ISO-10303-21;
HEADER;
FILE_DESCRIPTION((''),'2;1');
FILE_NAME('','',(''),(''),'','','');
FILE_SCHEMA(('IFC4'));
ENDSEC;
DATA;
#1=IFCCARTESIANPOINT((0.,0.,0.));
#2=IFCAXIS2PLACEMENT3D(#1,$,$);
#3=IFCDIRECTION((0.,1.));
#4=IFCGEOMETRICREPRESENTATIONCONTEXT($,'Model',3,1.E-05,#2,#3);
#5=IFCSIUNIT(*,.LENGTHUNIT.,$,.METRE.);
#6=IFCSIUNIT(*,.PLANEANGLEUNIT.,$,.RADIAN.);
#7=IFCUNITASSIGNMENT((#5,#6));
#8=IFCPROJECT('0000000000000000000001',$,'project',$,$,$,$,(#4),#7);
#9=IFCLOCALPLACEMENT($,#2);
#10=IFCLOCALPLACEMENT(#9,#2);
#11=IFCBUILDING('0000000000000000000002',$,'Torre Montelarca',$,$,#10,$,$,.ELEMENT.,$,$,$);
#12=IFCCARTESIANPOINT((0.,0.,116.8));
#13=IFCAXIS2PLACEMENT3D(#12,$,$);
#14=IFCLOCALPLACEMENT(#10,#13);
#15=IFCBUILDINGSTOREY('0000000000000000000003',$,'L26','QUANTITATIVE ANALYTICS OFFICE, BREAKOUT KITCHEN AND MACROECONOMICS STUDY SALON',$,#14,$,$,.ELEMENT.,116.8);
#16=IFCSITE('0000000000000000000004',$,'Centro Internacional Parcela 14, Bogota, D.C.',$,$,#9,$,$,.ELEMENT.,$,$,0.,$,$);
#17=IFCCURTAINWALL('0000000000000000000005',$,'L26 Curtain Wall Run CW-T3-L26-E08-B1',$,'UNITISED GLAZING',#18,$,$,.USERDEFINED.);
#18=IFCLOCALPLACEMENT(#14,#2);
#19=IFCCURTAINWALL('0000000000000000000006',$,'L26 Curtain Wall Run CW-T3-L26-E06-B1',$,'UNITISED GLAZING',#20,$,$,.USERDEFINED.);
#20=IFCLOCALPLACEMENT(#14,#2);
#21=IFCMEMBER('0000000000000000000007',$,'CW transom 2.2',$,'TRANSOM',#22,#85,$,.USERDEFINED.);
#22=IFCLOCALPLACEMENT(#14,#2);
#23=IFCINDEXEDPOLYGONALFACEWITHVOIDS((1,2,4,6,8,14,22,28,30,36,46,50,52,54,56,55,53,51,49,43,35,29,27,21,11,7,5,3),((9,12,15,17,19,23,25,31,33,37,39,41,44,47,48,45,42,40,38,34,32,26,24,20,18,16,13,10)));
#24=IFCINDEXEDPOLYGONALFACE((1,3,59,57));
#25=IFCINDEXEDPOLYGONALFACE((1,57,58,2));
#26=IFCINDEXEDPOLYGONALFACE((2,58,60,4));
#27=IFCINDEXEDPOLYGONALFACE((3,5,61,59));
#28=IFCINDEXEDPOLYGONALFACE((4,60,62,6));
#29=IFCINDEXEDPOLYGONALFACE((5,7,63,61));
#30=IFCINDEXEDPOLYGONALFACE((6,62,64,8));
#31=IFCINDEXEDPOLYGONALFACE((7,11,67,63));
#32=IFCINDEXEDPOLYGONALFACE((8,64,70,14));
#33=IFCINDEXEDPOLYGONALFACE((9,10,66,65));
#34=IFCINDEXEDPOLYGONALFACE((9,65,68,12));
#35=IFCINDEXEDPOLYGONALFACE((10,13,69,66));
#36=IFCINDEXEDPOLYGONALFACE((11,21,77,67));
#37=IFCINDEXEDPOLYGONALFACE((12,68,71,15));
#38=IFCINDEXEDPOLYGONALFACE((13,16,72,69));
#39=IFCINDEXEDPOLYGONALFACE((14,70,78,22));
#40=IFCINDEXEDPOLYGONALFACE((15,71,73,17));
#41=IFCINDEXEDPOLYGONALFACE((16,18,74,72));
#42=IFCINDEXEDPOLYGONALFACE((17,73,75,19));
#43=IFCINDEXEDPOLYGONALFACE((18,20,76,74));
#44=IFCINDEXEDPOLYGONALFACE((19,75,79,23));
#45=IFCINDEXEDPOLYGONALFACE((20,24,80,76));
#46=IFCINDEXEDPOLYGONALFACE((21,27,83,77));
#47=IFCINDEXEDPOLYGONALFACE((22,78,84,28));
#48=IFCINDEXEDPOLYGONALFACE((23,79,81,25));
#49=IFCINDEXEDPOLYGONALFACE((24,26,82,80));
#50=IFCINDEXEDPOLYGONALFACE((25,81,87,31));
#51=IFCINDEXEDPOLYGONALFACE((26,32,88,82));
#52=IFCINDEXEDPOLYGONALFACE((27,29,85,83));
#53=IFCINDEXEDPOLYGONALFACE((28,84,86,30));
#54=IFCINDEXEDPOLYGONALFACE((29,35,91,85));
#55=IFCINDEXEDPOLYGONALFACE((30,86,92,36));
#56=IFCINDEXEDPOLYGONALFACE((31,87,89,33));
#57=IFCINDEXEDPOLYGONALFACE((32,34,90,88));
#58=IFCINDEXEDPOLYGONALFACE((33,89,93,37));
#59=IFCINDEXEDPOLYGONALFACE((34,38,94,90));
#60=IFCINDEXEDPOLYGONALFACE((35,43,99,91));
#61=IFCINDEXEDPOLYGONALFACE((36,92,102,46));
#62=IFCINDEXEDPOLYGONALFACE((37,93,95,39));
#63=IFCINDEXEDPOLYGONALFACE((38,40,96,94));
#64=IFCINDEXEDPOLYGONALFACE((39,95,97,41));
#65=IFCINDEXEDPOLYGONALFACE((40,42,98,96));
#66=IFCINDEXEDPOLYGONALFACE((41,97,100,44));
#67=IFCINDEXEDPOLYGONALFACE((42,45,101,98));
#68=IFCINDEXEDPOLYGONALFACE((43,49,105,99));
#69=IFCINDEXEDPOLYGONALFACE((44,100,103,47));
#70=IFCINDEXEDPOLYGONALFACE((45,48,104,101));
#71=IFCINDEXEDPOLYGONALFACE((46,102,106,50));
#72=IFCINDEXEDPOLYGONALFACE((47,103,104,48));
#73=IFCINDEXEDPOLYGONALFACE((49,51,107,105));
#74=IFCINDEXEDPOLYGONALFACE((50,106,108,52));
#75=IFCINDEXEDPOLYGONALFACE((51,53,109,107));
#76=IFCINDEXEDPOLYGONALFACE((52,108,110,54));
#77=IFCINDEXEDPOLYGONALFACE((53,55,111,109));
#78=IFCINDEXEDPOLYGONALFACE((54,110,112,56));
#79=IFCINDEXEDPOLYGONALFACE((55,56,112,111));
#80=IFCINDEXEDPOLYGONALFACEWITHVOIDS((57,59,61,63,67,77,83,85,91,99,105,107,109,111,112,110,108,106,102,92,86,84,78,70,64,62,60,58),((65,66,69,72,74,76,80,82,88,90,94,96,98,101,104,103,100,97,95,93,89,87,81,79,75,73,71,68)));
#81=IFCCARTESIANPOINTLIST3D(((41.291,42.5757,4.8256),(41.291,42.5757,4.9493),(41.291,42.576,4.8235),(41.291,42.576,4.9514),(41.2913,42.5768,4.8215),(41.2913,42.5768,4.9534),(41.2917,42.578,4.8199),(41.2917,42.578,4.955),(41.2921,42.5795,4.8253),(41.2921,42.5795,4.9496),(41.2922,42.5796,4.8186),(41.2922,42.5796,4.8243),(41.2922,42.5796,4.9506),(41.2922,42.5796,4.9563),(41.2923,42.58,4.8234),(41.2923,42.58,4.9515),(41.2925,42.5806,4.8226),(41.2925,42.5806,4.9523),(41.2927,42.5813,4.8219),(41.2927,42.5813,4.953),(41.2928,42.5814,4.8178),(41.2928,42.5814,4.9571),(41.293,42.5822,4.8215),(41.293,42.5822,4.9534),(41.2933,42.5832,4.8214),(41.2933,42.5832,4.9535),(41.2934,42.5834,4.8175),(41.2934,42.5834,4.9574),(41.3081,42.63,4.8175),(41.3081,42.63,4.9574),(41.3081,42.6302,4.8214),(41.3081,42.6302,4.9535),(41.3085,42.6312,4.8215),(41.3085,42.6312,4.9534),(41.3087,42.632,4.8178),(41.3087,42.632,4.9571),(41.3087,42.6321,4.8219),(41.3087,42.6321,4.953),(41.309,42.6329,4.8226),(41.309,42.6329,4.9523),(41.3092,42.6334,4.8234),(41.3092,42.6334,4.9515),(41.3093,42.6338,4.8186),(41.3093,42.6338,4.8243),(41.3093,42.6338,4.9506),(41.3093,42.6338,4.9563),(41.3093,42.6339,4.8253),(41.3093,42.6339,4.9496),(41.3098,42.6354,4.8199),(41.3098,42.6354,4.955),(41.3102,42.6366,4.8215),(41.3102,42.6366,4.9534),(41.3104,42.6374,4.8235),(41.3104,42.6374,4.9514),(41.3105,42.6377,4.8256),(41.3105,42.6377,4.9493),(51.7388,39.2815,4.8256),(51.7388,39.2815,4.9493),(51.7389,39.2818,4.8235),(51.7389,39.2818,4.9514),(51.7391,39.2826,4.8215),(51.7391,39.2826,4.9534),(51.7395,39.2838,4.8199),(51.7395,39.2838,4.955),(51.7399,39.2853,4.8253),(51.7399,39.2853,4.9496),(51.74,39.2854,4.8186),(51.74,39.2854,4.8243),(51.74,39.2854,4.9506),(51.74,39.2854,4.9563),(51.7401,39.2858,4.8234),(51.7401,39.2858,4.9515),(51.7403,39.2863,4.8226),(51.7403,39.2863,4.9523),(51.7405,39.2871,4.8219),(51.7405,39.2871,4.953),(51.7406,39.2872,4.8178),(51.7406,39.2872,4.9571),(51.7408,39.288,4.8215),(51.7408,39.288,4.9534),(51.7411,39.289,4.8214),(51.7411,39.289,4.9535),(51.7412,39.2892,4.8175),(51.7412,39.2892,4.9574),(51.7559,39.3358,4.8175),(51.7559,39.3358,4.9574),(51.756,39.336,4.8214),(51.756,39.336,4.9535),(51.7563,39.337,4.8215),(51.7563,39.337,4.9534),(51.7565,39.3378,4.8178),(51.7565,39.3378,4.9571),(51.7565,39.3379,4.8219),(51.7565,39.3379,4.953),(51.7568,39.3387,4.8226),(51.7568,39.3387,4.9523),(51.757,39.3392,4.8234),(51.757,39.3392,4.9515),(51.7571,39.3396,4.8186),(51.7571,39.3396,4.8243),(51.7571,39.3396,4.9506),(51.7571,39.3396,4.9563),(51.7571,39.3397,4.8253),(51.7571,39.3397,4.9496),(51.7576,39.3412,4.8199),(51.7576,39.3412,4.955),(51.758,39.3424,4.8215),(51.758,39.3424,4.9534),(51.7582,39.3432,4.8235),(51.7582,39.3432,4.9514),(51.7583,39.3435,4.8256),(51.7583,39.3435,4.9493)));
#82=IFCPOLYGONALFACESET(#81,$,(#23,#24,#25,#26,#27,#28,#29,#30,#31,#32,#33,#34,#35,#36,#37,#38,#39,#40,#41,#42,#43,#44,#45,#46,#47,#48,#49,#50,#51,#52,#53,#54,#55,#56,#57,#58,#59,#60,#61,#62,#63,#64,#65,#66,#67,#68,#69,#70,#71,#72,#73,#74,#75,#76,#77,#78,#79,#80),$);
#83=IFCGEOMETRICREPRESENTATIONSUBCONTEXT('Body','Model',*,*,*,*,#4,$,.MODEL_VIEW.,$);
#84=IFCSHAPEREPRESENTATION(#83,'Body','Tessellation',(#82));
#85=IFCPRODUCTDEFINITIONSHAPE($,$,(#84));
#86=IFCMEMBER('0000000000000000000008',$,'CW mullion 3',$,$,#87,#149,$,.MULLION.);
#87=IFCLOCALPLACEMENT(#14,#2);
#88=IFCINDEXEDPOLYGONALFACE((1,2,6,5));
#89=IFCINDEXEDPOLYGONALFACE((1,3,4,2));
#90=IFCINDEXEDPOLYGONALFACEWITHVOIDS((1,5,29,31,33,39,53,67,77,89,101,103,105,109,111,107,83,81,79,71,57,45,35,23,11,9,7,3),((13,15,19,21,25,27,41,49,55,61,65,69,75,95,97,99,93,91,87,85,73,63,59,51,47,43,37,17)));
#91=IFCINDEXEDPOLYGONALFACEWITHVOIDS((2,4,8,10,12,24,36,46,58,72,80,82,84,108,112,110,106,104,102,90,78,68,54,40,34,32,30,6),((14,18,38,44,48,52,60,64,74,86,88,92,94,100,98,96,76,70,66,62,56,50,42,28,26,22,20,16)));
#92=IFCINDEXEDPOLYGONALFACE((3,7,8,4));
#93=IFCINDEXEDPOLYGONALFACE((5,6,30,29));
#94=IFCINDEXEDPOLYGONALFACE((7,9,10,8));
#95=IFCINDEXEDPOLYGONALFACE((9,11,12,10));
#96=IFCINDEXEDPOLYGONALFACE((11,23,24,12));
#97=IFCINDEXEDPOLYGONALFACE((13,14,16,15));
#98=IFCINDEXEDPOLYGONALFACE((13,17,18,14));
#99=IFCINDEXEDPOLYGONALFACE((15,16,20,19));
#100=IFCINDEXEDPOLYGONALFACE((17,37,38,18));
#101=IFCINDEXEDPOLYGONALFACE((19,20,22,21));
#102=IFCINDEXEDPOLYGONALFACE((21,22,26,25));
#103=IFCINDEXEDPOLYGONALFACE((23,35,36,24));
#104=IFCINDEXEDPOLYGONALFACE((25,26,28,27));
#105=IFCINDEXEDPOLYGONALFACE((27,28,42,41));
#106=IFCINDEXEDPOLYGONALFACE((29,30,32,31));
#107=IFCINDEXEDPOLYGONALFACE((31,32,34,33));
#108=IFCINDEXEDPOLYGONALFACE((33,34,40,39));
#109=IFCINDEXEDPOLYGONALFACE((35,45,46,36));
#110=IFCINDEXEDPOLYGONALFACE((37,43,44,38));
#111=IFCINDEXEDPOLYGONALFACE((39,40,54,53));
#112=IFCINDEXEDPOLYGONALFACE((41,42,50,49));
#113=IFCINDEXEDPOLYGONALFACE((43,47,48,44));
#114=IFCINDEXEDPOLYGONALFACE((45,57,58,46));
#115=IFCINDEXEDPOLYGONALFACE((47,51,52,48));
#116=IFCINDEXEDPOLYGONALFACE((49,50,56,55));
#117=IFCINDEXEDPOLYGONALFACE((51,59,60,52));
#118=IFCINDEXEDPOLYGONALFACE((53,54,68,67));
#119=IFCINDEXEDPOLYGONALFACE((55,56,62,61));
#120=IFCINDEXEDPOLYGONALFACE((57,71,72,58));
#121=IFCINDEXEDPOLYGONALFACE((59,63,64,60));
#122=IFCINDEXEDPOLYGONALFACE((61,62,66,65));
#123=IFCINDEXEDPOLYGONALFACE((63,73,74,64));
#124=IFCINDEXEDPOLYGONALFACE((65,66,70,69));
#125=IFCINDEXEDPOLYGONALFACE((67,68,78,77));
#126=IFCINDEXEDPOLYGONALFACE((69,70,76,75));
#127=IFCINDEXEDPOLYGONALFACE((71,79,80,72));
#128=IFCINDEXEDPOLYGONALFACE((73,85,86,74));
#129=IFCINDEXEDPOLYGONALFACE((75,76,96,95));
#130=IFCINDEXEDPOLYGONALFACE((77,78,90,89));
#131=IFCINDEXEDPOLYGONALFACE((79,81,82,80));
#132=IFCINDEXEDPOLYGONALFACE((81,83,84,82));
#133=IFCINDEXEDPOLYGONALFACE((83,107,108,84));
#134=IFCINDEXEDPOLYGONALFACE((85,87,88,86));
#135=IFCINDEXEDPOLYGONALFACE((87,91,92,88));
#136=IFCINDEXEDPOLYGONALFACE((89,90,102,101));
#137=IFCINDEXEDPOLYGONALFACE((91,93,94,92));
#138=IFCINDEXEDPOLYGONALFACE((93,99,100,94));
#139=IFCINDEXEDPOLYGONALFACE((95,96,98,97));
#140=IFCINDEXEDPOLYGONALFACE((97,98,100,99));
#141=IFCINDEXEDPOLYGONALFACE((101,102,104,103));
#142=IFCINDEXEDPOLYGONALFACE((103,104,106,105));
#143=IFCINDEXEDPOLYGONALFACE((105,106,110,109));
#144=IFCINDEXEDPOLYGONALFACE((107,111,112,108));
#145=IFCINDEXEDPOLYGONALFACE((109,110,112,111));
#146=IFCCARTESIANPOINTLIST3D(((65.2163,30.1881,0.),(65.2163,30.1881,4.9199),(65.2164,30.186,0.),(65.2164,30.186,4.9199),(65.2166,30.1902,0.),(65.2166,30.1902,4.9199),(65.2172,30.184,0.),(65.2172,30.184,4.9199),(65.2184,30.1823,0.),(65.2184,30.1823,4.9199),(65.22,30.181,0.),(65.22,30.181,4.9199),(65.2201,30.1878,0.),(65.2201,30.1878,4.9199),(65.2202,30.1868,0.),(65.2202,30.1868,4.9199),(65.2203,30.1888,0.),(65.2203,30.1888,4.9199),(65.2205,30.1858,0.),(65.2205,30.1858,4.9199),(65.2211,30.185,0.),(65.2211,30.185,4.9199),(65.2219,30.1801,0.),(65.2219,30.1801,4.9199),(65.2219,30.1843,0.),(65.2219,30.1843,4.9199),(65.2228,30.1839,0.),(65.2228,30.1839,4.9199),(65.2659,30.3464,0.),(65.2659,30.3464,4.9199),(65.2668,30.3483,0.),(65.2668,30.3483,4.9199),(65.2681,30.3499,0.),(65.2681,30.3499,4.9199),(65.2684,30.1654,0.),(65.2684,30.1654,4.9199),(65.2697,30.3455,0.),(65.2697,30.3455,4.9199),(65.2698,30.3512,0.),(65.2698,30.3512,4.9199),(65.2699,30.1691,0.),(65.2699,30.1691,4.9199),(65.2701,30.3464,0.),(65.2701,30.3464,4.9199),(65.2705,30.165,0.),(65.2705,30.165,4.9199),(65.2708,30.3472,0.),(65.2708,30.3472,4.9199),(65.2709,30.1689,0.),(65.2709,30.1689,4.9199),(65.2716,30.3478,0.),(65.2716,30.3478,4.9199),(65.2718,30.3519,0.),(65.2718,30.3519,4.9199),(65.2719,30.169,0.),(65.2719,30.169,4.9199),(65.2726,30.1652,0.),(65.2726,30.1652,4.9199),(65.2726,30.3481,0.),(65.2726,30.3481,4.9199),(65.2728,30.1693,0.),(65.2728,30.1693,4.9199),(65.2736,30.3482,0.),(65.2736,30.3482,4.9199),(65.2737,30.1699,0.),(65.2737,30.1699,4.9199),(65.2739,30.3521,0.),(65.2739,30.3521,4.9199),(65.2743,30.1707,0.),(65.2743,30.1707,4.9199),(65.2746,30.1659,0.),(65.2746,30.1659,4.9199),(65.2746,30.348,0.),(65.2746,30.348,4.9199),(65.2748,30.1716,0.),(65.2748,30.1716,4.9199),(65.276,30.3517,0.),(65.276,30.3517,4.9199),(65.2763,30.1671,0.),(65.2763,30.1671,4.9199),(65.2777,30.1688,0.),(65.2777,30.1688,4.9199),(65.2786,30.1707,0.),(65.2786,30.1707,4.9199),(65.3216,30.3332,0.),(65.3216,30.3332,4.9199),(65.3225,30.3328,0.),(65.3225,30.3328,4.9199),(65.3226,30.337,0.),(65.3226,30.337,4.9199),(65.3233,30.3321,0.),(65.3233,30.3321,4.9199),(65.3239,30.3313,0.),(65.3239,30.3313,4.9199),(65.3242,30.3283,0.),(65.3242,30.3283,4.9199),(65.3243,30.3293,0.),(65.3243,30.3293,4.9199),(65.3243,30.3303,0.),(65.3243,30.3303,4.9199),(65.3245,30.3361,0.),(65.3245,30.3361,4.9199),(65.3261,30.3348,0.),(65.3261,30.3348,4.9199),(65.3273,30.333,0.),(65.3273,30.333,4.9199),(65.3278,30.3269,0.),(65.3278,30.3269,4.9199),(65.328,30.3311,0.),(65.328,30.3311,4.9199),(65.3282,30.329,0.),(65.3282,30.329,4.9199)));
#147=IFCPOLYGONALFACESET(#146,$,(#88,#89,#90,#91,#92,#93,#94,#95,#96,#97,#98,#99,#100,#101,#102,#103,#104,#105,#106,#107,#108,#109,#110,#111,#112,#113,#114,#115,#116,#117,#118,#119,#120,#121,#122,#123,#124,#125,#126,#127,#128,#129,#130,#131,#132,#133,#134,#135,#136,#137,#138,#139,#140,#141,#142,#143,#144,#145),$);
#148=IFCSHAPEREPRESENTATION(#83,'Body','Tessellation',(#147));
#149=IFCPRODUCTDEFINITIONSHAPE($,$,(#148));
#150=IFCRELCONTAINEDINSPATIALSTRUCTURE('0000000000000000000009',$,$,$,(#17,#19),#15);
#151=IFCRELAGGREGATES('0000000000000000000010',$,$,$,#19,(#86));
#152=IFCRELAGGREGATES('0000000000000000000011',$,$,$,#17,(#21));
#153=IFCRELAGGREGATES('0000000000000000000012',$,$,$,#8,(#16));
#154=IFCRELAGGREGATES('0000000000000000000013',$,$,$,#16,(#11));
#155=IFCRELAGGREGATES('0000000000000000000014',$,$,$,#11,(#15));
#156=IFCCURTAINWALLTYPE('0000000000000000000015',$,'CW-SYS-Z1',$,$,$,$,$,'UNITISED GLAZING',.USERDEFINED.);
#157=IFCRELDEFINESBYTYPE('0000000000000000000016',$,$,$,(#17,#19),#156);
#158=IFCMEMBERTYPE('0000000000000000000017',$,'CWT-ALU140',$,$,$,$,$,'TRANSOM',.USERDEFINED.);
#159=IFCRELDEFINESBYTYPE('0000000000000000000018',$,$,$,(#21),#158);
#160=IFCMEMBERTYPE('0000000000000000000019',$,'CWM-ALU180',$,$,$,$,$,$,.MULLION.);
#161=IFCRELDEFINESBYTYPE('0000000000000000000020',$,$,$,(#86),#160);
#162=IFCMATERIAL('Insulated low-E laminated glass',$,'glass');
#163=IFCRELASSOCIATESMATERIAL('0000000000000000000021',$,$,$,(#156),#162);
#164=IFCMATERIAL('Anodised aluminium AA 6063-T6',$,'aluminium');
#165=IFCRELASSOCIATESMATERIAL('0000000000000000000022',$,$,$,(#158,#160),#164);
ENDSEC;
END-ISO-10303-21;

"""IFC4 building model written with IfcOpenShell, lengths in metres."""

from ifc_helpers import new_model, si_unit, direction, frame, origin, origin_2d, place, context, subcontext, project, spatial, hollow_rectangle, extrude, source, transform, mapped, material, material_profile, profile_set, type_object, element, aggregate, save


model = new_model("IFC4")

# Units and contexts
model_context = context("Model", 3, precision=1e-05, world=origin(), true_north=direction((0.0, 1.0)))
body_context = subcontext(model_context, "Body", "Model", "MODEL_VIEW")
ifc_project = project(units=[si_unit("LENGTHUNIT", "METRE"), si_unit("PLANEANGLEUNIT", "RADIAN")], contexts=[model_context])

# Site, building, storey
site_placement = place(None, origin())
site = spatial("IfcSite", under=ifc_project, at=site_placement, Name="Centro Internacional Parcela 14, Bogota, D.C.", CompositionType="ELEMENT", RefElevation=0.0)
building_placement = place(site_placement, origin())
building = spatial("IfcBuilding", under=site, at=building_placement, Name="Torre Montelarca", CompositionType="ELEMENT")
storey_placement = place(building_placement, frame((0.0, 0.0, 116.8)))
storey = spatial("IfcBuildingStorey", under=building, at=storey_placement, Name="L26", Description="QUANTITATIVE ANALYTICS OFFICE, BREAKOUT KITCHEN AND MACROECONOMICS STUDY SALON", CompositionType="ELEMENT", Elevation=116.8)

# Curtain wall
ifc_material_1 = material(Name="Insulated low-E laminated glass", Category="glass")
curtain_wall_type = type_object("IfcCurtainWallType", Name="CW-SYS-Z1", ElementType="UNITISED GLAZING", PredefinedType="USERDEFINED", material=ifc_material_1)
ifc_material_2 = material(Name="Anodised aluminium AA 6063-T6", Category="aluminium")
ifc_material_profile_1 = material_profile(ifc_material_2, hollow_rectangle(XDim=0.0649, YDim=0.1399, WallThickness=0.0039, InnerFilletRadius=0.0039, OuterFilletRadius=0.0081, at=origin_2d()), Name="ALU65X140X4", Category="aluminium")
ifc_profile_set_1 = profile_set([ifc_material_profile_1], Name="Anodised aluminium AA 6063-T6")
member_type_1 = type_object("IfcMemberType", Name="CWT-ALU140", ElementType="TRANSOM", PredefinedType="USERDEFINED", material=ifc_profile_set_1)
curtain_wall_1_placement = place(storey_placement, origin())
curtain_wall_1 = element("IfcCurtainWall", 1, at=curtain_wall_1_placement, inside=storey, type_object=curtain_wall_type, Name="L26 Curtain Wall Run CW-T3-L26-E08-B1", ObjectType="UNITISED GLAZING", PredefinedType="USERDEFINED")

# Curtain wall
curtain_wall_2_placement = place(storey_placement, origin())
curtain_wall_2 = element("IfcCurtainWall", 2, at=curtain_wall_2_placement, inside=storey, type_object=curtain_wall_type, Name="L26 Curtain Wall Run CW-T3-L26-E06-B1", ObjectType="UNITISED GLAZING", PredefinedType="USERDEFINED")

# Members
shared_shape_1 = source(origin(), body_context, "Body", "SweptSolid", [
    extrude(hollow_rectangle(XDim=0.0649, YDim=0.1399, WallThickness=0.0039, InnerFilletRadius=0.0039, OuterFilletRadius=0.0081, at=origin_2d()), origin(), (0.0, 0.0, 1.0), 10.9548),
])
member_1_placement = place(storey_placement, frame((51.7485, 39.3125, 4.8875), z_axis=(-0.953716, 0.300708, 0.0), x_axis=(-0.300708, -0.953716, 0.0)))
member_1 = element("IfcMember", 3, at=member_1_placement, type_object=member_type_1, Name="CW transom 2.2", ObjectType="TRANSOM", PredefinedType="USERDEFINED", context=body_context, shape_type="MappedRepresentation", body=[
    mapped(shared_shape_1, transform((0.0, 0.0, 0.0), scale=1.0)),
])
ifc_material_profile_2 = material_profile(ifc_material_2, hollow_rectangle(XDim=0.0649, YDim=0.1799, WallThickness=0.0039, InnerFilletRadius=0.0039, OuterFilletRadius=0.0081, at=origin_2d()), Name="ALU65X180X4", Category="aluminium")
ifc_profile_set_2 = profile_set([ifc_material_profile_2], Name="Anodised aluminium AA 6063-T6")
member_type_2 = type_object("IfcMemberType", Name="CWM-ALU180", PredefinedType="MULLION", material=ifc_profile_set_2)
shared_shape_2 = source(origin(), body_context, "Body", "SweptSolid", [
    extrude(hollow_rectangle(XDim=0.0649, YDim=0.1799, WallThickness=0.0039, InnerFilletRadius=0.0039, OuterFilletRadius=0.0081, at=origin_2d()), origin(), (0.0, 0.0, 1.0), 4.9199),
])
member_2_placement = place(storey_placement, frame((65.2722, 30.2585, 0.0), z_axis=(0.0, 0.0, 1.0), x_axis=(-0.953717, 0.300706, 0.0)))
member_2 = element("IfcMember", 4, at=member_2_placement, type_object=member_type_2, Name="CW mullion 3", PredefinedType="MULLION", context=body_context, shape_type="MappedRepresentation", body=[
    mapped(shared_shape_2, transform((0.0, 0.0, 0.0), scale=1.0)),
])

aggregate(curtain_wall_2, [member_2])
aggregate(curtain_wall_1, [member_1])

save(model, "model.ifc")
